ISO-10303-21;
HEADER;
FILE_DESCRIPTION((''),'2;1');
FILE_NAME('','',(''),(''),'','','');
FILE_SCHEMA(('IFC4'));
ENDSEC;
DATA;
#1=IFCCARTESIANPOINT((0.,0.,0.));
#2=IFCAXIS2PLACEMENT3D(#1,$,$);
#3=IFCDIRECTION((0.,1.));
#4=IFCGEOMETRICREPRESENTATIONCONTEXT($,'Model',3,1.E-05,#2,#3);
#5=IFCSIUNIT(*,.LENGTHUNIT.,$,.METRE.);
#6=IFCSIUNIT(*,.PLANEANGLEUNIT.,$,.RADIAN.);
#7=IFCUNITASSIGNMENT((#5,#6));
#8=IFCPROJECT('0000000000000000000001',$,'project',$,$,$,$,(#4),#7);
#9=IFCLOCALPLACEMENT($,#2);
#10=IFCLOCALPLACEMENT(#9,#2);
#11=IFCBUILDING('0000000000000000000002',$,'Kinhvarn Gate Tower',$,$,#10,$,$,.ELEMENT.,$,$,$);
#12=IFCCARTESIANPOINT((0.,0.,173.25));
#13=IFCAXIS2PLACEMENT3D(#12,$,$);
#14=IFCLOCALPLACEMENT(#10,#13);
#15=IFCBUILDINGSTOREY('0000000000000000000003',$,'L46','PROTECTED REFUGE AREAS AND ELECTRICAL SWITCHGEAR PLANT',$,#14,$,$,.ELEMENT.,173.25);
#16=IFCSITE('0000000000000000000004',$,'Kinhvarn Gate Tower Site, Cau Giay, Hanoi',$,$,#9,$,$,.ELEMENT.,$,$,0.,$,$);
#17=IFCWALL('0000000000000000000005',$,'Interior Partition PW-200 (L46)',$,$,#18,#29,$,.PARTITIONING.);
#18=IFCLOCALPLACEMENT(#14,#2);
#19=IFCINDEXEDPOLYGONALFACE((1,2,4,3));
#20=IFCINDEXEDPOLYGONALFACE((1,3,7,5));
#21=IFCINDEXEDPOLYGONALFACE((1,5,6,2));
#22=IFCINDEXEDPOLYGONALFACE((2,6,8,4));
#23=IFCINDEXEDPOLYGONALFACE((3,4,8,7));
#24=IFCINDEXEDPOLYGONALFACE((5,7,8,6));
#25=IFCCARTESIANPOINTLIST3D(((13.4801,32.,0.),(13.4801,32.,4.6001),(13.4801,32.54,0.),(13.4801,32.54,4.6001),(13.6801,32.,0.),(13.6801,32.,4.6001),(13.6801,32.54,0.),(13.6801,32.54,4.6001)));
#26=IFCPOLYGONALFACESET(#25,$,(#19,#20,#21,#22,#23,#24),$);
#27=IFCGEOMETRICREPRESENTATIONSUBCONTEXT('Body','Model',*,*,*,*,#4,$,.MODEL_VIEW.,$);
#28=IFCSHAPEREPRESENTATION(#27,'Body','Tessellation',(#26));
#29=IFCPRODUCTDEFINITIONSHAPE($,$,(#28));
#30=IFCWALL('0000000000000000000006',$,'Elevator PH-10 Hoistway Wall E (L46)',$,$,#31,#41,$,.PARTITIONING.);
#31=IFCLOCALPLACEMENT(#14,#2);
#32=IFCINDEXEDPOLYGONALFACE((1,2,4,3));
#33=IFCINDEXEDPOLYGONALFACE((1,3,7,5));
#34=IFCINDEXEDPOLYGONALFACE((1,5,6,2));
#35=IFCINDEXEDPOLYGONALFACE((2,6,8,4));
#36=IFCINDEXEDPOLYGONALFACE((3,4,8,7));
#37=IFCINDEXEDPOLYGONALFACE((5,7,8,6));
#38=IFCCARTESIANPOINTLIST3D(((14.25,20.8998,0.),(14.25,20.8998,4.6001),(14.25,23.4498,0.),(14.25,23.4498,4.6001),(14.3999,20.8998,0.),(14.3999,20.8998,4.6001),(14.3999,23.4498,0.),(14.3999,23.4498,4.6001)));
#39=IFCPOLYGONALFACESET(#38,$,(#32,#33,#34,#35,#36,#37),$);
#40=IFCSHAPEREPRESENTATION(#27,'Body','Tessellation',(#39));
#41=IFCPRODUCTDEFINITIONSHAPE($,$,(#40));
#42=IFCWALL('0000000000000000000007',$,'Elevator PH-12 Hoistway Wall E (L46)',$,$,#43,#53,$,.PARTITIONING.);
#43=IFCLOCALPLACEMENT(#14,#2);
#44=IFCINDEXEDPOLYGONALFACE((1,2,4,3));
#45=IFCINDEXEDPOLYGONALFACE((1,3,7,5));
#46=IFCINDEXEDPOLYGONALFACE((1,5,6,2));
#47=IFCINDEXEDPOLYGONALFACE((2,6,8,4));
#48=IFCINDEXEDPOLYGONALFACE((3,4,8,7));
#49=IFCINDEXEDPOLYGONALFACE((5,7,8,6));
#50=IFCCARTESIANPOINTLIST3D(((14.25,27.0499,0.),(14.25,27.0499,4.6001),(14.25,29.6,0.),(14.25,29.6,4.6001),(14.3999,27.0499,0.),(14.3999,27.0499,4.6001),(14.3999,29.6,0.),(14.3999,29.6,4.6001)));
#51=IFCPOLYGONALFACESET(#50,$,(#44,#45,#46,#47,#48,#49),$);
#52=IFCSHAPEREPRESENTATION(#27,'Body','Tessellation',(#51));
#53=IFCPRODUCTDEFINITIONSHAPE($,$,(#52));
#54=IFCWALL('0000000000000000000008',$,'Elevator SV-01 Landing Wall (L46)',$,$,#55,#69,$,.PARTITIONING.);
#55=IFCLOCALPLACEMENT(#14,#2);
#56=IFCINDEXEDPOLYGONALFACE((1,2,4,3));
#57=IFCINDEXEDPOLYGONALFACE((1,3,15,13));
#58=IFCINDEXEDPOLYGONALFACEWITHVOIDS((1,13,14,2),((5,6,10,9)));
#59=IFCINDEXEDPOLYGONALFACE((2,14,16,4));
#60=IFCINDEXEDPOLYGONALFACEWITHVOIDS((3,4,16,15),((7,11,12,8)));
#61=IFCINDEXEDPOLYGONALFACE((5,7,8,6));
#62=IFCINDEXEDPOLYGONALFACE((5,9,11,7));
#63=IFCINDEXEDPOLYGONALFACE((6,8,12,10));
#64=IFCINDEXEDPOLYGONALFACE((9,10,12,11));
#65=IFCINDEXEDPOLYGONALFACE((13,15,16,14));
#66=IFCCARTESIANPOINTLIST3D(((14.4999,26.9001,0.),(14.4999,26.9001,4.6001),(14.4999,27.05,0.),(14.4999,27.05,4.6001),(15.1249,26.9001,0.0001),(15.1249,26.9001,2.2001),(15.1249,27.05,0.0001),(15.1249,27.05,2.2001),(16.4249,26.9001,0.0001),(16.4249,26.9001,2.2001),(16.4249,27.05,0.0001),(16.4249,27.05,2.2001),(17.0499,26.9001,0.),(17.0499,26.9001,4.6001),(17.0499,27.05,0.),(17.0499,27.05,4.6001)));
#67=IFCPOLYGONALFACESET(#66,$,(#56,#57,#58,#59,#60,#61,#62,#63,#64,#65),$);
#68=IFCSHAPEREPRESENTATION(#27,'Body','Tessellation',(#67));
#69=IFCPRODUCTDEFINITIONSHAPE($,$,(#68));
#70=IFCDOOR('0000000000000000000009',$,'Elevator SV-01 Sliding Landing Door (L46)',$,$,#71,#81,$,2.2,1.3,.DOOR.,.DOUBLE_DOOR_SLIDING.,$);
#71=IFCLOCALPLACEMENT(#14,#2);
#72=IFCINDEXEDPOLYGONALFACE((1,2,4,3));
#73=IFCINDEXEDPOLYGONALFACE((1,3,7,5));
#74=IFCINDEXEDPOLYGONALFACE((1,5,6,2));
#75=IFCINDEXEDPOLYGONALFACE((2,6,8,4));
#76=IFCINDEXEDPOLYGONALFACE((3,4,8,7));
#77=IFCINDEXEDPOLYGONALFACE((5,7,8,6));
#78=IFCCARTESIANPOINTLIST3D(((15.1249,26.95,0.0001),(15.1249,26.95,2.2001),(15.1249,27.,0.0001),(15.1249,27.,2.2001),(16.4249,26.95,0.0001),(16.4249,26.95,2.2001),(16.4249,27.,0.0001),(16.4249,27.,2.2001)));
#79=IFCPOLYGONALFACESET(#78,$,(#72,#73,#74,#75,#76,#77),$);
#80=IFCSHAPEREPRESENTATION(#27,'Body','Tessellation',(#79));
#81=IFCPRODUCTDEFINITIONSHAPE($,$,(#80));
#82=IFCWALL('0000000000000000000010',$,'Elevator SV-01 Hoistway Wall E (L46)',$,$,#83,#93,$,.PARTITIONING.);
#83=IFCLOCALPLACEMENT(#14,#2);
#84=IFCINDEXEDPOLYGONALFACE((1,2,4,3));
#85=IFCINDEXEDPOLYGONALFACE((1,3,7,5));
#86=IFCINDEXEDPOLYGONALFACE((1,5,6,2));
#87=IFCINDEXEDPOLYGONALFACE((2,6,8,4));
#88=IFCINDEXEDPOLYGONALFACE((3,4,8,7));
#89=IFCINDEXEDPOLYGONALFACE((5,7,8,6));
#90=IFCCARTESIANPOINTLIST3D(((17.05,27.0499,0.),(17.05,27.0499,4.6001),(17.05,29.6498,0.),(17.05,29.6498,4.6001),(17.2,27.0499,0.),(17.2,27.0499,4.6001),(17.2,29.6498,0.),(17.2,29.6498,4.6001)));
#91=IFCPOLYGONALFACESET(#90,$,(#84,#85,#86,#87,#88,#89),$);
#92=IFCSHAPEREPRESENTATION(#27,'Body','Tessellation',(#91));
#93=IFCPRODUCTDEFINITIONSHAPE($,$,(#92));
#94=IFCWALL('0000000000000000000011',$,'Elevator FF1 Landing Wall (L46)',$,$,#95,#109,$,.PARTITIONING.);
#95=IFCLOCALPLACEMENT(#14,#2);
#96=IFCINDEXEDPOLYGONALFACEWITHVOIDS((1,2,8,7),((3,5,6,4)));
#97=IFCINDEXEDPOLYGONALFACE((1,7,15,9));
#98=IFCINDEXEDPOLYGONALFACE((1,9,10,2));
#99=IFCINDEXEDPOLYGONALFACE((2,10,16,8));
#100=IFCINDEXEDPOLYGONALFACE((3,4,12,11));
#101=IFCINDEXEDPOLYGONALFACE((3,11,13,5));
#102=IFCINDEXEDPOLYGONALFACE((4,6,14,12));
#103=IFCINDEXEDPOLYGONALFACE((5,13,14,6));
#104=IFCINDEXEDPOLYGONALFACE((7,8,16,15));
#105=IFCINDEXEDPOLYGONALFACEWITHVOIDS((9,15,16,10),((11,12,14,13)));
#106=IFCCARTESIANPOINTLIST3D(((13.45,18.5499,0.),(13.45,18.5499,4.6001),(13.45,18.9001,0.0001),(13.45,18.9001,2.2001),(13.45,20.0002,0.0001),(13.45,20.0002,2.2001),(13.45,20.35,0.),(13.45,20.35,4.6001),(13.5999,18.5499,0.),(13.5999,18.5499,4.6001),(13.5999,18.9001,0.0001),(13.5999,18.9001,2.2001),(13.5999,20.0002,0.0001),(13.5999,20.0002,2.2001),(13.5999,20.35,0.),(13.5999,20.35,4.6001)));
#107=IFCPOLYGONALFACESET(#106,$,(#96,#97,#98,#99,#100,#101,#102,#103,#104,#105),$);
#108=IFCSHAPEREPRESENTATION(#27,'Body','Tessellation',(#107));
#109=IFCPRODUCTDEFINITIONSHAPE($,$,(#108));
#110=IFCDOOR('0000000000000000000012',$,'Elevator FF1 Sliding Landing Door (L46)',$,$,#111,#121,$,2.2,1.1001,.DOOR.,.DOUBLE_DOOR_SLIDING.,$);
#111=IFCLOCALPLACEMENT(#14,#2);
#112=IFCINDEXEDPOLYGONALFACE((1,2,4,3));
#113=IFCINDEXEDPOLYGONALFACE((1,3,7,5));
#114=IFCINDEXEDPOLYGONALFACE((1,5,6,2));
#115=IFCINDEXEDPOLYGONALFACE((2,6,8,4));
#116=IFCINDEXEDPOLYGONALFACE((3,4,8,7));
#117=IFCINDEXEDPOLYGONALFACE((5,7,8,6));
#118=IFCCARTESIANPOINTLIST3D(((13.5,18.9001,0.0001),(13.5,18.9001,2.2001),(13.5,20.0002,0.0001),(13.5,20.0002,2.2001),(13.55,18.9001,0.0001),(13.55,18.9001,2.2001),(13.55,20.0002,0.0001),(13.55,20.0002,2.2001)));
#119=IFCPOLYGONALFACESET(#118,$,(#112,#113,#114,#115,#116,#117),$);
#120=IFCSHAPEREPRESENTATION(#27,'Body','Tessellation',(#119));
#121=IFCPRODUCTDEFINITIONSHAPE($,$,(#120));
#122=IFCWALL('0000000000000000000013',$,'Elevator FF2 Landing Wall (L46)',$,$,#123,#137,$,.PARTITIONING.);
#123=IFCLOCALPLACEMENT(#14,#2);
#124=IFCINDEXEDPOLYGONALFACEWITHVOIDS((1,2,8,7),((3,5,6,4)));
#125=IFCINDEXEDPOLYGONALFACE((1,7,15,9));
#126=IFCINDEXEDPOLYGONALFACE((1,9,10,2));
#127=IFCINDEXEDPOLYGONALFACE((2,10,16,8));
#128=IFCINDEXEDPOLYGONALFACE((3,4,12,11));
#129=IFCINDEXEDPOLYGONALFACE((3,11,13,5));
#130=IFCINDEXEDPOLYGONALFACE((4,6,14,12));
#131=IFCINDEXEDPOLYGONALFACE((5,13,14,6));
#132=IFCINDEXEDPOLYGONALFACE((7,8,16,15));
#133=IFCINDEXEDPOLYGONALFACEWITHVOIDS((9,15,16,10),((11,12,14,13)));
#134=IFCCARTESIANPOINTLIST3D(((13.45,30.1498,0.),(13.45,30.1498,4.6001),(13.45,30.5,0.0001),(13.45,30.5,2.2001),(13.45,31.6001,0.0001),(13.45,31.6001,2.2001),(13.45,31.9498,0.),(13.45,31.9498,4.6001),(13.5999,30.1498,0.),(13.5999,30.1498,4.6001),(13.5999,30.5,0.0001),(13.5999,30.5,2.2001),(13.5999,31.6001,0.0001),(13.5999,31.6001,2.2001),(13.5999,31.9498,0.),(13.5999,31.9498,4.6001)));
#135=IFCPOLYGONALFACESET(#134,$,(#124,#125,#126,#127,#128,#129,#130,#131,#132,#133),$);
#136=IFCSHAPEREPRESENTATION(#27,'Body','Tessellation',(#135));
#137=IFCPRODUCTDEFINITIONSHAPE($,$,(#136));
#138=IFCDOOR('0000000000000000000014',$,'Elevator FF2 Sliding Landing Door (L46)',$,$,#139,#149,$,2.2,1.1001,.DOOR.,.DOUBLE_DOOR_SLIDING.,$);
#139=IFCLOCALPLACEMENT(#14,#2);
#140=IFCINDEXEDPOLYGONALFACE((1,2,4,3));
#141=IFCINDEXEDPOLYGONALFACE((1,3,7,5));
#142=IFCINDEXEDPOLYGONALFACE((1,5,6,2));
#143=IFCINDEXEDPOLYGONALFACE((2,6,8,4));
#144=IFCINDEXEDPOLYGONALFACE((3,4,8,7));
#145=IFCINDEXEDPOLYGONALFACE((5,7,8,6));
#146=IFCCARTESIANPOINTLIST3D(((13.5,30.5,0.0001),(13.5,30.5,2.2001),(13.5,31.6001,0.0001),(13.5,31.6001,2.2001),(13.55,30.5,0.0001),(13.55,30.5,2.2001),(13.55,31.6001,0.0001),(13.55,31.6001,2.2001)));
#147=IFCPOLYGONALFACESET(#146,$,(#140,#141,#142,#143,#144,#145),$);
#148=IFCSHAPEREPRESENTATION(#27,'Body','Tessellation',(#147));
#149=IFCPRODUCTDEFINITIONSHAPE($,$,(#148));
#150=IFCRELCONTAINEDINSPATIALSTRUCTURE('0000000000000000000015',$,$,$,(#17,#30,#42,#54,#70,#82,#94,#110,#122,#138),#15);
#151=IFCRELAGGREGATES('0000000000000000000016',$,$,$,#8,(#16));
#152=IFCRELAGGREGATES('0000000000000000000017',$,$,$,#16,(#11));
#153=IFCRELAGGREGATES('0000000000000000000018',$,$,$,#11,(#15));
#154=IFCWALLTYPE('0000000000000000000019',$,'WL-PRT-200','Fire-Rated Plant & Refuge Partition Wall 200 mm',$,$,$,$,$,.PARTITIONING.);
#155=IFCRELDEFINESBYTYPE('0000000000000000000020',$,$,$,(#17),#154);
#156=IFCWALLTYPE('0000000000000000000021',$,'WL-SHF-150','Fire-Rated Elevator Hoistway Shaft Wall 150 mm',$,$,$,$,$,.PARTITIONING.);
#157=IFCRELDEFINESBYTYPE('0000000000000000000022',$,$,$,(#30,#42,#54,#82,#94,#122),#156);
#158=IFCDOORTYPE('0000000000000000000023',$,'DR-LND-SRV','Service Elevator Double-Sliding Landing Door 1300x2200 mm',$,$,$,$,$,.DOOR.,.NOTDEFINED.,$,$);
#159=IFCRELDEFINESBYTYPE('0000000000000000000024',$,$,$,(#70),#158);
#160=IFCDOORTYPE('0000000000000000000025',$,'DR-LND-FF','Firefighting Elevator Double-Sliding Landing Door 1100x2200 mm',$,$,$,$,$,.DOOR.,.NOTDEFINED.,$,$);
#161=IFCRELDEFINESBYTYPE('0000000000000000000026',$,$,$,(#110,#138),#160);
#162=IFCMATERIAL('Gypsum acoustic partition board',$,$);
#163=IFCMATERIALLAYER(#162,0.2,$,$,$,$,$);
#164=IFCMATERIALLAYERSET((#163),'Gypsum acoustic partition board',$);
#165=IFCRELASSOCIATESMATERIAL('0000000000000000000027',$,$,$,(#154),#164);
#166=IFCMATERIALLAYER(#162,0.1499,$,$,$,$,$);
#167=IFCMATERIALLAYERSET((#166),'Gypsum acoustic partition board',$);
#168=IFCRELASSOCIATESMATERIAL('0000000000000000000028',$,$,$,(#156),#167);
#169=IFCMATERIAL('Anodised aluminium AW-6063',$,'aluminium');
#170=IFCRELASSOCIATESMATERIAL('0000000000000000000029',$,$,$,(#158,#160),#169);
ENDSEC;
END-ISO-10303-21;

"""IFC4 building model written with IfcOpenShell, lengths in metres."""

from ifc_helpers import new_model, si_unit, direction, frame, frame_2d, origin, place, context, subcontext, project, spatial, rectangle, extrude, material, layer, layer_set, type_object, element, fill, save


model = new_model("IFC4")

# Units and contexts
model_context = context("Model", 3, precision=1e-05, world=origin(), true_north=direction((0.0, 1.0)))
body_context = subcontext(model_context, "Body", "Model", "MODEL_VIEW")
ifc_project = project(units=[si_unit("LENGTHUNIT", "METRE"), si_unit("PLANEANGLEUNIT", "RADIAN")], contexts=[model_context])

# Site, building, storey
site_placement = place(None, origin())
site = spatial("IfcSite", under=ifc_project, at=site_placement, Name="Kinhvarn Gate Tower Site, Cau Giay, Hanoi", CompositionType="ELEMENT", RefElevation=0.0)
building_placement = place(site_placement, origin())
building = spatial("IfcBuilding", under=site, at=building_placement, Name="Kinhvarn Gate Tower", CompositionType="ELEMENT")
storey_placement = place(building_placement, frame((0.0, 0.0, 173.25)))
storey = spatial("IfcBuildingStorey", under=building, at=storey_placement, Name="L46", Description="PROTECTED REFUGE AREAS AND ELECTRICAL SWITCHGEAR PLANT", CompositionType="ELEMENT", Elevation=173.25)

# Shared definitions
ifc_material_1 = material(Name="Anodised aluminium AW-6063", Category="aluminium")
ifc_material_2 = material(Name="Gypsum acoustic partition board")

# Walls
ifc_layer_1 = layer(ifc_material_2, 0.2)
ifc_layer_set_1 = layer_set([ifc_layer_1], Name="Gypsum acoustic partition board")
wall_type_1 = type_object("IfcWallType", Name="WL-PRT-200", Description="Fire-Rated Plant & Refuge Partition Wall 200 mm", PredefinedType="PARTITIONING", material=ifc_layer_set_1)
wall_1_placement = place(storey_placement, frame((13.5801, 32.0, 0.0), z_axis=(0.0, 0.0, 1.0), x_axis=(0.0, 1.0, 0.0)))
element("IfcWall", 1, at=wall_1_placement, inside=storey, type_object=wall_type_1, Name="Interior Partition PW-200 (L46)", PredefinedType="PARTITIONING", context=body_context, shape_type="SweptSolid", body=[
    extrude(rectangle(XDim=0.54, YDim=0.2, at=frame_2d((0.27, 0.0))), origin(), (0.0, 0.0, 1.0), 4.6001),
])
ifc_layer_2 = layer(ifc_material_2, 0.1499)
ifc_layer_set_2 = layer_set([ifc_layer_2], Name="Gypsum acoustic partition board")
wall_type_2 = type_object("IfcWallType", Name="WL-SHF-150", Description="Fire-Rated Elevator Hoistway Shaft Wall 150 mm", PredefinedType="PARTITIONING", material=ifc_layer_set_2)
for number, where, z_axis, x_axis, name in (
    (2, (14.325, 20.8999, 0.0), (0.0, 0.0, 1.0), (0.0, 1.0, 0.0), "Elevator PH-10 Hoistway Wall E (L46)"),
    (3, (14.325, 27.05, 0.0), (0.0, 0.0, 1.0), (0.0, 1.0, 0.0), "Elevator PH-12 Hoistway Wall E (L46)"),
):
    element("IfcWall", number, at=place(storey_placement, frame(where, z_axis=z_axis, x_axis=x_axis)), inside=storey, type_object=wall_type_2, Name=name, PredefinedType="PARTITIONING", context=body_context, shape_type="SweptSolid", body=[
        extrude(rectangle(XDim=2.55, YDim=0.1499, at=frame_2d((1.2749, 0.0))), origin(), (0.0, 0.0, 1.0), 4.6001),
    ])

# Wall, opening, door
wall_2_placement = place(storey_placement, frame((14.5, 26.9751, 0.0), z_axis=(0.0, 0.0, 1.0), x_axis=(1.0, 0.0, 0.0)))
wall_2 = element("IfcWall", 4, at=wall_2_placement, inside=storey, type_object=wall_type_2, Name="Elevator SV-01 Landing Wall (L46)", PredefinedType="PARTITIONING", context=body_context, shape_type="SweptSolid", body=[
    extrude(rectangle(XDim=2.55, YDim=0.1499, at=frame_2d((1.2749, 0.0))), origin(), (0.0, 0.0, 1.0), 4.6001),
])
opening_1_placement = place(wall_2_placement, frame((0.625, 0.0, 0.0)))
opening_1 = element("IfcOpeningElement", 5, at=opening_1_placement, cuts=wall_2, PredefinedType="OPENING", context=body_context, shape_type="SweptSolid", body=[
    extrude(rectangle(XDim=1.3, YDim=2.2, at=frame_2d((0.6499, 1.1001))), frame((0.0, 0.085, 0.0), z_axis=(0.0, -1.0, 0.0), x_axis=(1.0, 0.0, 0.0)), (0.0, 0.0, 1.0), 0.1699),
])
door_type_1 = type_object("IfcDoorType", Name="DR-LND-SRV", Description="Service Elevator Double-Sliding Landing Door 1300x2200 mm", OperationType="NOTDEFINED", PredefinedType="DOOR", material=ifc_material_1)
door_1_placement = place(opening_1_placement, origin())
door_1 = element("IfcDoor", 6, at=door_1_placement, inside=storey, type_object=door_type_1, Name="Elevator SV-01 Sliding Landing Door (L46)", OperationType="DOUBLE_DOOR_SLIDING", OverallHeight=2.2, OverallWidth=1.3, PredefinedType="DOOR", context=body_context, shape_type="SweptSolid", body=[
    extrude(rectangle(XDim=1.3, YDim=2.2, at=frame_2d((0.6499, 1.1001))), frame((0.0, 0.0249, 0.0), z_axis=(0.0, -1.0, 0.0), x_axis=(1.0, 0.0, 0.0)), (0.0, 0.0, 1.0), 0.05),
])
fill(opening_1, door_1)

# Wall
wall_3_placement = place(storey_placement, frame((17.125, 27.05, 0.0), z_axis=(0.0, 0.0, 1.0), x_axis=(0.0, 1.0, 0.0)))
element("IfcWall", 7, at=wall_3_placement, inside=storey, type_object=wall_type_2, Name="Elevator SV-01 Hoistway Wall E (L46)", PredefinedType="PARTITIONING", context=body_context, shape_type="SweptSolid", body=[
    extrude(rectangle(XDim=2.5999, YDim=0.1499, at=frame_2d((1.2998, 0.0))), origin(), (0.0, 0.0, 1.0), 4.6001),
])

# Walls, openings, doors
wall_4_placement = place(storey_placement, frame((13.5249, 18.55, 0.0), z_axis=(0.0, 0.0, 1.0), x_axis=(0.0, 1.0, 0.0)))
wall_4 = element("IfcWall", 8, at=wall_4_placement, inside=storey, type_object=wall_type_2, Name="Elevator FF1 Landing Wall (L46)", PredefinedType="PARTITIONING", context=body_context, shape_type="SweptSolid", body=[
    extrude(rectangle(XDim=1.8, YDim=0.1499, at=frame_2d((0.8999, 0.0))), origin(), (0.0, 0.0, 1.0), 4.6001),
])
opening_2_placement = place(wall_4_placement, frame((0.3501, 0.0, 0.0)))
opening_2 = element("IfcOpeningElement", 9, at=opening_2_placement, cuts=wall_4, PredefinedType="OPENING", context=body_context, shape_type="SweptSolid", body=[
    extrude(rectangle(XDim=1.1001, YDim=2.2, at=frame_2d((0.55, 1.1001))), frame((0.0, 0.085, 0.0), z_axis=(0.0, -1.0, 0.0), x_axis=(1.0, 0.0, 0.0)), (0.0, 0.0, 1.0), 0.1699),
])
door_type_2 = type_object("IfcDoorType", Name="DR-LND-FF", Description="Firefighting Elevator Double-Sliding Landing Door 1100x2200 mm", OperationType="NOTDEFINED", PredefinedType="DOOR", material=ifc_material_1)
door_2_placement = place(opening_2_placement, origin())
door_2 = element("IfcDoor", 10, at=door_2_placement, inside=storey, type_object=door_type_2, Name="Elevator FF1 Sliding Landing Door (L46)", OperationType="DOUBLE_DOOR_SLIDING", OverallHeight=2.2, OverallWidth=1.1001, PredefinedType="DOOR", context=body_context, shape_type="SweptSolid", body=[
    extrude(rectangle(XDim=1.1001, YDim=2.2, at=frame_2d((0.55, 1.1001))), frame((0.0, 0.0249, 0.0), z_axis=(0.0, -1.0, 0.0), x_axis=(1.0, 0.0, 0.0)), (0.0, 0.0, 1.0), 0.05),
])
fill(opening_2, door_2)
wall_5_placement = place(storey_placement, frame((13.5249, 30.1499, 0.0), z_axis=(0.0, 0.0, 1.0), x_axis=(0.0, 1.0, 0.0)))
wall_5 = element("IfcWall", 11, at=wall_5_placement, inside=storey, type_object=wall_type_2, Name="Elevator FF2 Landing Wall (L46)", PredefinedType="PARTITIONING", context=body_context, shape_type="SweptSolid", body=[
    extrude(rectangle(XDim=1.8, YDim=0.1499, at=frame_2d((0.8999, 0.0))), origin(), (0.0, 0.0, 1.0), 4.6001),
])
opening_3_placement = place(wall_5_placement, frame((0.3501, 0.0, 0.0)))
opening_3 = element("IfcOpeningElement", 12, at=opening_3_placement, cuts=wall_5, PredefinedType="OPENING", context=body_context, shape_type="SweptSolid", body=[
    extrude(rectangle(XDim=1.1001, YDim=2.2, at=frame_2d((0.55, 1.1001))), frame((0.0, 0.085, 0.0), z_axis=(0.0, -1.0, 0.0), x_axis=(1.0, 0.0, 0.0)), (0.0, 0.0, 1.0), 0.1699),
])
door_3_placement = place(opening_3_placement, origin())
door_3 = element("IfcDoor", 13, at=door_3_placement, inside=storey, type_object=door_type_2, Name="Elevator FF2 Sliding Landing Door (L46)", OperationType="DOUBLE_DOOR_SLIDING", OverallHeight=2.2, OverallWidth=1.1001, PredefinedType="DOOR", context=body_context, shape_type="SweptSolid", body=[
    extrude(rectangle(XDim=1.1001, YDim=2.2, at=frame_2d((0.55, 1.1001))), frame((0.0, 0.0249, 0.0), z_axis=(0.0, -1.0, 0.0), x_axis=(1.0, 0.0, 0.0)), (0.0, 0.0, 1.0), 0.05),
])
fill(opening_3, door_3)

save(model, "model.ifc")
